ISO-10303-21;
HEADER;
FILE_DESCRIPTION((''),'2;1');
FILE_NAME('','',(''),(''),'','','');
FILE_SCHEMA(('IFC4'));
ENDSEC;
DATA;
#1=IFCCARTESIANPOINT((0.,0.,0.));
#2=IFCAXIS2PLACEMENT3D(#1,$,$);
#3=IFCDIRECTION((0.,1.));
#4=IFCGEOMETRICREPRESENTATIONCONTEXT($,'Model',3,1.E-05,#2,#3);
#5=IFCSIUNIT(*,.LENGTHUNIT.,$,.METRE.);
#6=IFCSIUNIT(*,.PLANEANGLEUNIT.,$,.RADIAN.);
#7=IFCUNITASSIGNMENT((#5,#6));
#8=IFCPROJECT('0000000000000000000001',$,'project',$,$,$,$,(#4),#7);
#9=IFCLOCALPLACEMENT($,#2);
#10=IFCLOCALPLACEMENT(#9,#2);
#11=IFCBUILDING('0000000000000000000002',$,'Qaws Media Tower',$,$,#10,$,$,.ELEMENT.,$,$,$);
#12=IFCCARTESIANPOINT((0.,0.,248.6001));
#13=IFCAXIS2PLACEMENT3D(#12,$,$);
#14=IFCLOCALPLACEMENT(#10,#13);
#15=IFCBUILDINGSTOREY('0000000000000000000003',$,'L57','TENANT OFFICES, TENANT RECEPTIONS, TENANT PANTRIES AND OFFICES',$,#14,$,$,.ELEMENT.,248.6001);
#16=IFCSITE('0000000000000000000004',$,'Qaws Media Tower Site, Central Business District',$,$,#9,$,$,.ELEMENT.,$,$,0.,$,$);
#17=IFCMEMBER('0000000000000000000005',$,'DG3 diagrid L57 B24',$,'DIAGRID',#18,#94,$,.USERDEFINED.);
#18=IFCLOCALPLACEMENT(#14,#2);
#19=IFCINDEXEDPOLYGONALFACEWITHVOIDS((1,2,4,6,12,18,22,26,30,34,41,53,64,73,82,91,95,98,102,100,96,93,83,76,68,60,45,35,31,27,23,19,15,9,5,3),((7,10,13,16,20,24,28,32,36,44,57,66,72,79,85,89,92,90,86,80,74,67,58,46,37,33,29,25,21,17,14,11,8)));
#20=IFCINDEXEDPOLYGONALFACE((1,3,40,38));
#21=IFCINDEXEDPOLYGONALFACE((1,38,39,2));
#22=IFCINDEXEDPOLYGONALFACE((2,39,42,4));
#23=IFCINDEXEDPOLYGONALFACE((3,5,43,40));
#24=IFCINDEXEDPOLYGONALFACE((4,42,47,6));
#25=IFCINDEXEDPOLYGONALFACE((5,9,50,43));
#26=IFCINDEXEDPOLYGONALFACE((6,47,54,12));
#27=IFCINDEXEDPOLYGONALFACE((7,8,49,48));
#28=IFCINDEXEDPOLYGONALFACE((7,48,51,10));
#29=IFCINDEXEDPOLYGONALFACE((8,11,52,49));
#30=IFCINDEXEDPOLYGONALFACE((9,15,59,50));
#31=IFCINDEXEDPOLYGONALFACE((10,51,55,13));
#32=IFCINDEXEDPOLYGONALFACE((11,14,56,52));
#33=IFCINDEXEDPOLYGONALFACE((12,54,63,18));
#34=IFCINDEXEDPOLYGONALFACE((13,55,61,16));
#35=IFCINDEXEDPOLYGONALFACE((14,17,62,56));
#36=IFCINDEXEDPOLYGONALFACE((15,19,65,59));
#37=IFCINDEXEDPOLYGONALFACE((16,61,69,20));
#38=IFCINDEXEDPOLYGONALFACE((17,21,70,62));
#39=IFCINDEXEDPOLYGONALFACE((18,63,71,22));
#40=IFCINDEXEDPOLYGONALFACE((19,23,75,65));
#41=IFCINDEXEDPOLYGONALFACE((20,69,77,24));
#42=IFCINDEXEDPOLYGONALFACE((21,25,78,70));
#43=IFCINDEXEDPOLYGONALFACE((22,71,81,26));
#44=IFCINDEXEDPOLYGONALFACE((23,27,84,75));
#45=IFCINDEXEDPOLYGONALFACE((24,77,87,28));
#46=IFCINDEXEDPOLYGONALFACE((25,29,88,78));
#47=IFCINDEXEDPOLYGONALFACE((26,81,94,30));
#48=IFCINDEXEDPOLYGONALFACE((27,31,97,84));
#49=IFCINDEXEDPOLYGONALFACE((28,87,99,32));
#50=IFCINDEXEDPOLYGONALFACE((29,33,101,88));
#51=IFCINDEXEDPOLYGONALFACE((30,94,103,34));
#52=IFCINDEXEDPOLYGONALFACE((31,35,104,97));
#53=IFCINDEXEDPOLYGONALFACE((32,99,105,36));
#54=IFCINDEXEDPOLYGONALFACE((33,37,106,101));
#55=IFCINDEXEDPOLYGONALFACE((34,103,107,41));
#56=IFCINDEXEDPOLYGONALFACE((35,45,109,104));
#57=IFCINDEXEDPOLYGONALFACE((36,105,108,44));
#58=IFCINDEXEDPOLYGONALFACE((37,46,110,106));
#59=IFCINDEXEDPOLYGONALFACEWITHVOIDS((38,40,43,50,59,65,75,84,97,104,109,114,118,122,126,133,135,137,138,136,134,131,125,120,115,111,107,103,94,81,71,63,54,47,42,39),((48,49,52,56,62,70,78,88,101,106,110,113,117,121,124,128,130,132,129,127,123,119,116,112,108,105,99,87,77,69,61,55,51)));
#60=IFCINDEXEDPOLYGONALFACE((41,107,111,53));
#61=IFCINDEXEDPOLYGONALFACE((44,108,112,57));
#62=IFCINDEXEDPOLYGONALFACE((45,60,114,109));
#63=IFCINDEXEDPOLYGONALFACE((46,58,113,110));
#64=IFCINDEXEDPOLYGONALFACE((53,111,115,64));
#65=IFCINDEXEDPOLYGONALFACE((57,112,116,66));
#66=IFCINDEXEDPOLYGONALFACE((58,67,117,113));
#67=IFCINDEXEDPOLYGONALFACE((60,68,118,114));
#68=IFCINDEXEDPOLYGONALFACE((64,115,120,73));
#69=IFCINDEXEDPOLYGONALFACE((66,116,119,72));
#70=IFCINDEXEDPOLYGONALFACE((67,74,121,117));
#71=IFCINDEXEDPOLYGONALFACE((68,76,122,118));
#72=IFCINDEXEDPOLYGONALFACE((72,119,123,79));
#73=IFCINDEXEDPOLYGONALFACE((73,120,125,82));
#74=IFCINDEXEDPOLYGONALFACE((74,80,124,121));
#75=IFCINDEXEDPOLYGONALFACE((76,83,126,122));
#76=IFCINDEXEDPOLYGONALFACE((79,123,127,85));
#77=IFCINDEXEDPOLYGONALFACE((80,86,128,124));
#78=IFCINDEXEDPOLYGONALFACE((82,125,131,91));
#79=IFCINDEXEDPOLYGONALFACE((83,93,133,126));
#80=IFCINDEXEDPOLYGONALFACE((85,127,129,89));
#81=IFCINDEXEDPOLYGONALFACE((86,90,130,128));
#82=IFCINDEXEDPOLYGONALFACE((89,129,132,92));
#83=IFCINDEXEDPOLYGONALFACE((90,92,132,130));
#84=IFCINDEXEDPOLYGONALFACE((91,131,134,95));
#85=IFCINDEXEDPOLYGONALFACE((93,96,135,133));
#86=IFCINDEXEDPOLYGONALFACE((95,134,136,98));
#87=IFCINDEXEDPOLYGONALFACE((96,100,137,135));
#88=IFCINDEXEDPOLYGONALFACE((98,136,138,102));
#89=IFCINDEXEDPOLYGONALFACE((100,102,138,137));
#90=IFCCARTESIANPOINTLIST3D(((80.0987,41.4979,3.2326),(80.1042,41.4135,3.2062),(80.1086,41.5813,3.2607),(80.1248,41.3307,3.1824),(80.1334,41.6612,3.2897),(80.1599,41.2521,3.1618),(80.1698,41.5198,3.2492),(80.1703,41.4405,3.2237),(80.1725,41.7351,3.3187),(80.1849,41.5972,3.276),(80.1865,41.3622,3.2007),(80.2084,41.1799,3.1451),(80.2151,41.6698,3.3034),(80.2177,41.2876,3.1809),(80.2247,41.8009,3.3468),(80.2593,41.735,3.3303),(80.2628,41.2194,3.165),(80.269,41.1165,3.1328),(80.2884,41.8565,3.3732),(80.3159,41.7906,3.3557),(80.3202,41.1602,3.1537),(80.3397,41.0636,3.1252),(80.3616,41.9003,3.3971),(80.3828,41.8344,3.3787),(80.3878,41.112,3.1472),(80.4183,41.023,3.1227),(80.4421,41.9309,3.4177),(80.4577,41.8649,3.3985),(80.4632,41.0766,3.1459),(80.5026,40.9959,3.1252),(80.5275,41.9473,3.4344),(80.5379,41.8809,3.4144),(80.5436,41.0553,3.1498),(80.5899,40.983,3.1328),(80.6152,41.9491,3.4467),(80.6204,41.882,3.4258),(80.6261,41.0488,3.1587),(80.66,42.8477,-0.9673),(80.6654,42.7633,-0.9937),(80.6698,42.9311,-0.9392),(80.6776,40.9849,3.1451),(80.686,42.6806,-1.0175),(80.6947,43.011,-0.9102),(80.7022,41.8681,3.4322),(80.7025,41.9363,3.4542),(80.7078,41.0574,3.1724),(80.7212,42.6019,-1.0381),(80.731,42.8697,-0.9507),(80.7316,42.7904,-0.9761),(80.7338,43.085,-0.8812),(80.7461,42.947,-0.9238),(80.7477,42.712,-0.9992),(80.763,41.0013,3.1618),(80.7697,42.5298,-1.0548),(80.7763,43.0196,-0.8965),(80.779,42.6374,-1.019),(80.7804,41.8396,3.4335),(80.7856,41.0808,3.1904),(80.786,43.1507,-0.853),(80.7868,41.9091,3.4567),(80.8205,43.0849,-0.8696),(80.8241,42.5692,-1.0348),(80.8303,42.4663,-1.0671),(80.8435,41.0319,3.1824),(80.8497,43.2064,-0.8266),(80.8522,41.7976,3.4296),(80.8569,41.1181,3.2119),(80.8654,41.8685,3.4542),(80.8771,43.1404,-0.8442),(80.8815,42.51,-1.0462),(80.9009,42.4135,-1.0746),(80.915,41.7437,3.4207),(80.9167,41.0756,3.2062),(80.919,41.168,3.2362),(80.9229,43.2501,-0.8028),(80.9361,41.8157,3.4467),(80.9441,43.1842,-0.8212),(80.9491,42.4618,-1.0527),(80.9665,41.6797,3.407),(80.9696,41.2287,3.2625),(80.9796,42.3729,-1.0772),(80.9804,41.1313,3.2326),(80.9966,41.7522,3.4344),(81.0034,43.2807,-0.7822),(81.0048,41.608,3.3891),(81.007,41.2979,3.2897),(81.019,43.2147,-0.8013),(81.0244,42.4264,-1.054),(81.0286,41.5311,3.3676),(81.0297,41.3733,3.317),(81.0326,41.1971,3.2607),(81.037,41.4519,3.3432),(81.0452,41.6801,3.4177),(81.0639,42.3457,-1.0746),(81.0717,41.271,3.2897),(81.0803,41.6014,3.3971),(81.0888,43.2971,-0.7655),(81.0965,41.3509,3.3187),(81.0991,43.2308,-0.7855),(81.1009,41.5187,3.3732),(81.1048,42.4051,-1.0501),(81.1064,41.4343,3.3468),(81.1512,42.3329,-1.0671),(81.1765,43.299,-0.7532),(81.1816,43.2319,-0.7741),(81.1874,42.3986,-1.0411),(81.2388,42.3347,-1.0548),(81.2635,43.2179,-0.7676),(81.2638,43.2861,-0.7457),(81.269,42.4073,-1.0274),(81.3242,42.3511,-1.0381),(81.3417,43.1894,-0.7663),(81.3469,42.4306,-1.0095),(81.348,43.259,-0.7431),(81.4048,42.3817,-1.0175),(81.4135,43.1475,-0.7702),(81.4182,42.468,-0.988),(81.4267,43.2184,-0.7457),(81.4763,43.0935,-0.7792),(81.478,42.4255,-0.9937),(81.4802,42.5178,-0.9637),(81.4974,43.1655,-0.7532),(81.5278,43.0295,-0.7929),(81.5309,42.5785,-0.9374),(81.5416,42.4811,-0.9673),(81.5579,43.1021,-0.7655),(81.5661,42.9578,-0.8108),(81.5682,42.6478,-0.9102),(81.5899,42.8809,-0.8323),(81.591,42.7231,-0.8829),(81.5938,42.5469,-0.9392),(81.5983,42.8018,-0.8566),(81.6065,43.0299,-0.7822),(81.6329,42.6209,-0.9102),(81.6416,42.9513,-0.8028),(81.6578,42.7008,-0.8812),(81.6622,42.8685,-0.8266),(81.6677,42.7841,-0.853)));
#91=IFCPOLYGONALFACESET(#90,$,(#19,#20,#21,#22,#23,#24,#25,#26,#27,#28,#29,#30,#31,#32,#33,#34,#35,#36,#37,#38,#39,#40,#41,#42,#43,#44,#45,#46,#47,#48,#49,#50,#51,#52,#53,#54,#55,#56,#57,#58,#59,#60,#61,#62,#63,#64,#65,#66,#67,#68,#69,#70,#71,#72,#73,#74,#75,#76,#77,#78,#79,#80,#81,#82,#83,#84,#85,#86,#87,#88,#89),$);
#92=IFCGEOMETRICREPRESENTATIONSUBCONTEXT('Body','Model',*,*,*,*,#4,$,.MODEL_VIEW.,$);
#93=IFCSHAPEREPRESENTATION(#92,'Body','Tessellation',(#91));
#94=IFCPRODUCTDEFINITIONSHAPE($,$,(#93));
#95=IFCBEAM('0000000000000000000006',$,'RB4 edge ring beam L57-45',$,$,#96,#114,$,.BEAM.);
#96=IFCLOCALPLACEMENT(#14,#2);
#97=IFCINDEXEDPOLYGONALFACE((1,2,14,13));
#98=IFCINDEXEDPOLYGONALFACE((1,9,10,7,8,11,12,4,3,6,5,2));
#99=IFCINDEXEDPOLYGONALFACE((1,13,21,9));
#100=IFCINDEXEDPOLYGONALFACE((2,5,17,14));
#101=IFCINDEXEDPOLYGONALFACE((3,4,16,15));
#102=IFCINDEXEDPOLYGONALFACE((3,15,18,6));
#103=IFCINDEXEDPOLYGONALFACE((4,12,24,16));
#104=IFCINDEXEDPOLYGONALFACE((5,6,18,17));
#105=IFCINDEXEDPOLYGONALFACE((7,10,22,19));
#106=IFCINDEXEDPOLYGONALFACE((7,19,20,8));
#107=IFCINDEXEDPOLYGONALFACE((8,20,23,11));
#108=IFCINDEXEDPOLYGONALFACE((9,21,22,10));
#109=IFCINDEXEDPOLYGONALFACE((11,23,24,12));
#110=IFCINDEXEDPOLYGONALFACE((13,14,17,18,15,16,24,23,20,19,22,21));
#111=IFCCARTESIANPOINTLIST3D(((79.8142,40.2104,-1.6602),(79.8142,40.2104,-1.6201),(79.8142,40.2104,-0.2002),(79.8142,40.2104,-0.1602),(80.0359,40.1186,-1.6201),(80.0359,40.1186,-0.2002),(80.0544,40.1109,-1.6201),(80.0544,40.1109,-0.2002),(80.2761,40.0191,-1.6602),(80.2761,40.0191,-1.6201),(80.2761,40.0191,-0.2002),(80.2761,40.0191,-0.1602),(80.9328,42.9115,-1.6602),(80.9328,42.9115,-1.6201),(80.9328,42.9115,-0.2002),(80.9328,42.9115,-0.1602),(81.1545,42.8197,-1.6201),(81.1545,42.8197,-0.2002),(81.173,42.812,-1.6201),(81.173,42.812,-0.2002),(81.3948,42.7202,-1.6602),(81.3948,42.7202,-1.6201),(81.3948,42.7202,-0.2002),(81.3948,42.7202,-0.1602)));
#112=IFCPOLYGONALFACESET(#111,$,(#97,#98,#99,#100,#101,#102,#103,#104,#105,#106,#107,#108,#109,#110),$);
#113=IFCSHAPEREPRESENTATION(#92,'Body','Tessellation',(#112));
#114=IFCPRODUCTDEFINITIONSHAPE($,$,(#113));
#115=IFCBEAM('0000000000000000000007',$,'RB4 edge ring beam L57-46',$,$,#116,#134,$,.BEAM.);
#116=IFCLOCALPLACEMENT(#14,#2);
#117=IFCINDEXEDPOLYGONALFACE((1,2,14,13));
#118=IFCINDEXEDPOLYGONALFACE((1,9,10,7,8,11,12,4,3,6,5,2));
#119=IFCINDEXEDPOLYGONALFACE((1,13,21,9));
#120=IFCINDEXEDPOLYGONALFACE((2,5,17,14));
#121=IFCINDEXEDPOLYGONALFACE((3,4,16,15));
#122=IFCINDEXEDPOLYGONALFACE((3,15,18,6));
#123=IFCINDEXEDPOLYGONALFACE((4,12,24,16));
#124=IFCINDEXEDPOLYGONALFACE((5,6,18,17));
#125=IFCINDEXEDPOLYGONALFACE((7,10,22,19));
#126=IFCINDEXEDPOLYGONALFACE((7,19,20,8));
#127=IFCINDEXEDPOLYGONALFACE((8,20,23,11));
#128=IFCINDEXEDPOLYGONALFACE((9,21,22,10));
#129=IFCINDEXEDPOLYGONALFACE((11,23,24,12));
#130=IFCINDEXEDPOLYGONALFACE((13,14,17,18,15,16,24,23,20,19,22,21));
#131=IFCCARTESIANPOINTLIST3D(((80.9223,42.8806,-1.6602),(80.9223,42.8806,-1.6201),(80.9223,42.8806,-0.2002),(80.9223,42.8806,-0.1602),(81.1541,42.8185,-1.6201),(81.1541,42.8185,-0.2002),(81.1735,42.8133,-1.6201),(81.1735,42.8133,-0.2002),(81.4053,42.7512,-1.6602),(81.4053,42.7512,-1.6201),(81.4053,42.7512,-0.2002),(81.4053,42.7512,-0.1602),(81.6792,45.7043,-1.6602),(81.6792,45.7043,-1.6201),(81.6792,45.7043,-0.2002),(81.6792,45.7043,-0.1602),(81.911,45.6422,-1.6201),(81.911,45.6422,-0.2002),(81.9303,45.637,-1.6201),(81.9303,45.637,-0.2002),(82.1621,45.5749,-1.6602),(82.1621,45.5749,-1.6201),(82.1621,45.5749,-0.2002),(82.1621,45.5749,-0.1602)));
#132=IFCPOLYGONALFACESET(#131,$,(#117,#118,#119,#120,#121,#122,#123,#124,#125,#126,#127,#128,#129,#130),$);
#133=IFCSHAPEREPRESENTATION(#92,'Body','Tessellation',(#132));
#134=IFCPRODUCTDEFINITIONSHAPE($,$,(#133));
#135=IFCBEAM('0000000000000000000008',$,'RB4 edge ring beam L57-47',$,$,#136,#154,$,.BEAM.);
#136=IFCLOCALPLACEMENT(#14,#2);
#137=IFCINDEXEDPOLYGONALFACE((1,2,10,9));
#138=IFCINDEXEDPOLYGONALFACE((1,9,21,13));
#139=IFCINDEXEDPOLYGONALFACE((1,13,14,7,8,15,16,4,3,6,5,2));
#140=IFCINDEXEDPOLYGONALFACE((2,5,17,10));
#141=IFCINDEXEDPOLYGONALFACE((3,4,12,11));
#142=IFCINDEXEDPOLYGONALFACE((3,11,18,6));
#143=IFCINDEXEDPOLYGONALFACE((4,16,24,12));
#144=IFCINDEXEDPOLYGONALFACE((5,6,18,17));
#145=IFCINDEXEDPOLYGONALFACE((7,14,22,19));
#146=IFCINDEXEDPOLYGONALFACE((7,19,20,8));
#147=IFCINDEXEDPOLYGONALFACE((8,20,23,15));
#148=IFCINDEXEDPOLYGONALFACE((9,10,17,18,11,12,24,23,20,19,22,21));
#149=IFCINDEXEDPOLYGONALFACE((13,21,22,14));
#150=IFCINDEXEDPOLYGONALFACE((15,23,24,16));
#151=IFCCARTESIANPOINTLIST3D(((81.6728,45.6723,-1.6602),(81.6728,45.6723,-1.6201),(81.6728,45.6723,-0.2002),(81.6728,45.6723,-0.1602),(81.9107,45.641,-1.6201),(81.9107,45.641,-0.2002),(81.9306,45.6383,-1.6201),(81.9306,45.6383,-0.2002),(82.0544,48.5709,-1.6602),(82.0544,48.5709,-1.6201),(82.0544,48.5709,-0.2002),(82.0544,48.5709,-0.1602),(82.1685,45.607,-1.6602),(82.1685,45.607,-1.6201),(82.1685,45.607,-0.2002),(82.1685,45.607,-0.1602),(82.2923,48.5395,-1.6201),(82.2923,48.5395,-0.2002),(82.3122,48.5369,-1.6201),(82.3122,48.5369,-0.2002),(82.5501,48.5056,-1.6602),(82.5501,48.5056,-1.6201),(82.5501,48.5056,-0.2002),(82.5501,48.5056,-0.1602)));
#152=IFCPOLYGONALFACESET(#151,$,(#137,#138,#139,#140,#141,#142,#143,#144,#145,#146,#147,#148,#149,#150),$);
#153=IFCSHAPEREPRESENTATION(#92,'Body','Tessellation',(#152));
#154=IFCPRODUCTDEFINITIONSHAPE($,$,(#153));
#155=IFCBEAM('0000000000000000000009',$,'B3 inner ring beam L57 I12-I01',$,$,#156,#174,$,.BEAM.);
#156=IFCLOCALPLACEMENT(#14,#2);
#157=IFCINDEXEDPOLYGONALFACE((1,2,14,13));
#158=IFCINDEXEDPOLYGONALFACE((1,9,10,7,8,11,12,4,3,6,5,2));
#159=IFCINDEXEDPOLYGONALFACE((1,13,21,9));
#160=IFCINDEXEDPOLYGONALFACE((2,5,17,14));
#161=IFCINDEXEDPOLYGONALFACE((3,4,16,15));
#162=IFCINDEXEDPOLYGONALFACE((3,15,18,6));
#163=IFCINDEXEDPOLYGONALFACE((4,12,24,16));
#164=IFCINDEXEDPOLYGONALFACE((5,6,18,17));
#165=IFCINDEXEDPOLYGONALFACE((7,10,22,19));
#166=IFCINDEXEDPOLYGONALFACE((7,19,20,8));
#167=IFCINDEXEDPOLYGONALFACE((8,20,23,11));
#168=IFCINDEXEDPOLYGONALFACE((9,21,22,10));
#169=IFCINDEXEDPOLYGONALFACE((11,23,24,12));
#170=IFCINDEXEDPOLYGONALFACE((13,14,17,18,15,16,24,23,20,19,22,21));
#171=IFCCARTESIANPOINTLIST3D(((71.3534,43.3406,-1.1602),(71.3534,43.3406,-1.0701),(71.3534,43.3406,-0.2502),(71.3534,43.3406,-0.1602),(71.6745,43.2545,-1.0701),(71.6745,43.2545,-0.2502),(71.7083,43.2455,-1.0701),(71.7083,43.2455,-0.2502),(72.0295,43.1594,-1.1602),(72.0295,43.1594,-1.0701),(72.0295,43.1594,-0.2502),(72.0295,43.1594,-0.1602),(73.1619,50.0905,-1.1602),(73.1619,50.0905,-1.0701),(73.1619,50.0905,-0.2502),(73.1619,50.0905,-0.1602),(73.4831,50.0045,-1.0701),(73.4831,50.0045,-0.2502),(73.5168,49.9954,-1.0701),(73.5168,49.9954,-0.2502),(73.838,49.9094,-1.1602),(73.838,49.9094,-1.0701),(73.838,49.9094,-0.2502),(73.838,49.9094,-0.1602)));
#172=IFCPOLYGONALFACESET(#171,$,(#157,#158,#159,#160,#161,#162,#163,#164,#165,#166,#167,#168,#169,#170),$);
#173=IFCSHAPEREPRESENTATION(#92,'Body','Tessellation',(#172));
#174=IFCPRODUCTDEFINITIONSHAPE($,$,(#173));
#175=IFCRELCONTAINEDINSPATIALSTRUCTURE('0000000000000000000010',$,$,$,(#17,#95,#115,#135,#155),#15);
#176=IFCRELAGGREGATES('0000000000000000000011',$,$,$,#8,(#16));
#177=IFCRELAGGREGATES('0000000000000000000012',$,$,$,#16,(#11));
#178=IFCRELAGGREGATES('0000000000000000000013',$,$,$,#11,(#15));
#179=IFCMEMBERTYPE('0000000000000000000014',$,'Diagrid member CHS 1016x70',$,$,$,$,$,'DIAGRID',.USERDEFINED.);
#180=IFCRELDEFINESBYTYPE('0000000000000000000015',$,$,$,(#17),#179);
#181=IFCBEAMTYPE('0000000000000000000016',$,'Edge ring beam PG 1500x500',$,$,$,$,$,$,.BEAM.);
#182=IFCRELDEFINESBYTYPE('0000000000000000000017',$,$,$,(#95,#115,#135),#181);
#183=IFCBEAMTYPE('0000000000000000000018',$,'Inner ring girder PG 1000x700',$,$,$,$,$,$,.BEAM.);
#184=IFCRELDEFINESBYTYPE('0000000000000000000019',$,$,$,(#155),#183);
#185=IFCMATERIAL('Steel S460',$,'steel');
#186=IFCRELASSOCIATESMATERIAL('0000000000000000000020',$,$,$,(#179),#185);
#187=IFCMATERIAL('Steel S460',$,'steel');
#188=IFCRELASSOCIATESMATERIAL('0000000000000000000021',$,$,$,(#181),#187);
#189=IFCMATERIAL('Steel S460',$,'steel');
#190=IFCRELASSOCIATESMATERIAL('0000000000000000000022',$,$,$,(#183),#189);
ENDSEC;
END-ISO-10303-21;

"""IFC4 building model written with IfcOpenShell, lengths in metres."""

from ifc_helpers import new_model, si_unit, direction, frame, origin, origin_2d, place, context, subcontext, project, spatial, hollow_circle, i_section, extrude, material, material_profile, profile_set, type_object, element, save


model = new_model("IFC4")

# Units and contexts
model_context = context("Model", 3, precision=1e-05, world=origin(), true_north=direction((0.0, 1.0)))
body_context = subcontext(model_context, "Body", "Model", "MODEL_VIEW")
ifc_project = project(units=[si_unit("LENGTHUNIT", "METRE"), si_unit("PLANEANGLEUNIT", "RADIAN")], contexts=[model_context])

# Site, building, storey
site_placement = place(None, origin())
site = spatial("IfcSite", under=ifc_project, at=site_placement, Name="Qaws Media Tower Site, Central Business District", CompositionType="ELEMENT", RefElevation=0.0)
building_placement = place(site_placement, origin())
building = spatial("IfcBuilding", under=site, at=building_placement, Name="Qaws Media Tower", CompositionType="ELEMENT")
storey_placement = place(building_placement, frame((0.0, 0.0, 248.6001)))
storey = spatial("IfcBuildingStorey", under=building, at=storey_placement, Name="L57", Description="TENANT OFFICES, TENANT RECEPTIONS, TENANT PANTRIES AND OFFICES", CompositionType="ELEMENT", Elevation=248.6001)

# Member
ifc_material_1 = material(Name="Steel S460", Category="steel")
ifc_material_profile_1 = material_profile(ifc_material_1, hollow_circle(Radius=0.5081, WallThickness=0.0701, at=origin_2d()), Name="CHS 1016x70")
ifc_profile_set_1 = profile_set([ifc_material_profile_1], Name="Steel S460")
member_type_1 = type_object("IfcMemberType", Name="Diagrid member CHS 1016x70", ElementType="DIAGRID", PredefinedType="USERDEFINED", material=ifc_profile_set_1)
for number, where, z_axis, x_axis, name in (
    (1, (81.1638, 42.8159, -0.9102), (-0.126212, -0.303535, 0.944424), (0.923358, -0.383939, 0.0), "DG3 diagrid L57 B24"),
):
    element("IfcMember", number, at=place(storey_placement, frame(where, z_axis=z_axis, x_axis=x_axis)), inside=storey, type_object=member_type_1, Name=name, ObjectType="DIAGRID", PredefinedType="USERDEFINED", context=body_context, shape_type="SweptSolid", body=[
        extrude(hollow_circle(Radius=0.5081, WallThickness=0.0701, at=origin_2d()), origin(), (0.0, 0.0, 1.0), 4.447),
    ])

# Beams
ifc_material_2 = material(Name="Steel S460", Category="steel")
ifc_material_profile_2 = material_profile(ifc_material_2, i_section(OverallWidth=0.5, OverallDepth=1.5, WebThickness=0.02, FlangeThickness=0.04, at=origin_2d()), Name="PG 1500x500")
ifc_profile_set_2 = profile_set([ifc_material_profile_2], Name="Steel S460")
beam_type_1 = type_object("IfcBeamType", Name="Edge ring beam PG 1500x500", PredefinedType="BEAM", material=ifc_profile_set_2)
beam_1_placement = place(storey_placement, frame((80.0452, 40.1147, -0.9102), z_axis=(0.382622, 0.923905, 0.0), x_axis=(-0.923905, 0.382622, 0.0)))
element("IfcBeam", 2, at=beam_1_placement, inside=storey, type_object=beam_type_1, Name="RB4 edge ring beam L57-45", PredefinedType="BEAM", context=body_context, shape_type="SweptSolid", body=[
    extrude(i_section(OverallWidth=0.5, OverallDepth=1.5, WebThickness=0.02, FlangeThickness=0.04, at=origin_2d()), origin(), (0.0, 0.0, 1.0), 2.9236),
])
beam_2_placement = place(storey_placement, frame((81.1638, 42.8159, -0.9102), z_axis=(0.258889, 0.965907, 0.0), x_axis=(-0.965907, 0.258889, 0.0)))
element("IfcBeam", 3, at=beam_2_placement, inside=storey, type_object=beam_type_1, Name="RB4 edge ring beam L57-46", PredefinedType="BEAM", context=body_context, shape_type="SweptSolid", body=[
    extrude(i_section(OverallWidth=0.5, OverallDepth=1.5, WebThickness=0.02, FlangeThickness=0.04, at=origin_2d()), origin(), (0.0, 0.0, 1.0), 2.9233),
])
beam_3_placement = place(storey_placement, frame((81.9207, 45.6396, -0.9102), z_axis=(0.130517, 0.991446, 0.0), x_axis=(-0.991446, 0.130517, 0.0)))
element("IfcBeam", 4, at=beam_3_placement, inside=storey, type_object=beam_type_1, Name="RB4 edge ring beam L57-47", PredefinedType="BEAM", context=body_context, shape_type="SweptSolid", body=[
    extrude(i_section(OverallWidth=0.5, OverallDepth=1.5, WebThickness=0.02, FlangeThickness=0.04, at=origin_2d()), origin(), (0.0, 0.0, 1.0), 2.9236),
])
ifc_material_3 = material(Name="Steel S460", Category="steel")
ifc_material_profile_3 = material_profile(ifc_material_3, i_section(OverallWidth=0.7, OverallDepth=1.0, WebThickness=0.0349, FlangeThickness=0.0901, at=origin_2d()), Name="PG 1000x700")
ifc_profile_set_3 = profile_set([ifc_material_profile_3], Name="Steel S460")
beam_type_2 = type_object("IfcBeamType", Name="Inner ring girder PG 1000x700", PredefinedType="BEAM", material=ifc_profile_set_3)
beam_4_placement = place(storey_placement, frame((71.6914, 43.25, -0.6602), z_axis=(0.258811, 0.965928, 0.0), x_axis=(-0.965928, 0.258811, 0.0)))
element("IfcBeam", 5, at=beam_4_placement, inside=storey, type_object=beam_type_2, Name="B3 inner ring beam L57 I12-I01", PredefinedType="BEAM", context=body_context, shape_type="SweptSolid", body=[
    extrude(i_section(OverallWidth=0.7, OverallDepth=1.0, WebThickness=0.0349, FlangeThickness=0.0901, at=origin_2d()), origin(), (0.0, 0.0, 1.0), 6.988),
])

save(model, "model.ifc")
